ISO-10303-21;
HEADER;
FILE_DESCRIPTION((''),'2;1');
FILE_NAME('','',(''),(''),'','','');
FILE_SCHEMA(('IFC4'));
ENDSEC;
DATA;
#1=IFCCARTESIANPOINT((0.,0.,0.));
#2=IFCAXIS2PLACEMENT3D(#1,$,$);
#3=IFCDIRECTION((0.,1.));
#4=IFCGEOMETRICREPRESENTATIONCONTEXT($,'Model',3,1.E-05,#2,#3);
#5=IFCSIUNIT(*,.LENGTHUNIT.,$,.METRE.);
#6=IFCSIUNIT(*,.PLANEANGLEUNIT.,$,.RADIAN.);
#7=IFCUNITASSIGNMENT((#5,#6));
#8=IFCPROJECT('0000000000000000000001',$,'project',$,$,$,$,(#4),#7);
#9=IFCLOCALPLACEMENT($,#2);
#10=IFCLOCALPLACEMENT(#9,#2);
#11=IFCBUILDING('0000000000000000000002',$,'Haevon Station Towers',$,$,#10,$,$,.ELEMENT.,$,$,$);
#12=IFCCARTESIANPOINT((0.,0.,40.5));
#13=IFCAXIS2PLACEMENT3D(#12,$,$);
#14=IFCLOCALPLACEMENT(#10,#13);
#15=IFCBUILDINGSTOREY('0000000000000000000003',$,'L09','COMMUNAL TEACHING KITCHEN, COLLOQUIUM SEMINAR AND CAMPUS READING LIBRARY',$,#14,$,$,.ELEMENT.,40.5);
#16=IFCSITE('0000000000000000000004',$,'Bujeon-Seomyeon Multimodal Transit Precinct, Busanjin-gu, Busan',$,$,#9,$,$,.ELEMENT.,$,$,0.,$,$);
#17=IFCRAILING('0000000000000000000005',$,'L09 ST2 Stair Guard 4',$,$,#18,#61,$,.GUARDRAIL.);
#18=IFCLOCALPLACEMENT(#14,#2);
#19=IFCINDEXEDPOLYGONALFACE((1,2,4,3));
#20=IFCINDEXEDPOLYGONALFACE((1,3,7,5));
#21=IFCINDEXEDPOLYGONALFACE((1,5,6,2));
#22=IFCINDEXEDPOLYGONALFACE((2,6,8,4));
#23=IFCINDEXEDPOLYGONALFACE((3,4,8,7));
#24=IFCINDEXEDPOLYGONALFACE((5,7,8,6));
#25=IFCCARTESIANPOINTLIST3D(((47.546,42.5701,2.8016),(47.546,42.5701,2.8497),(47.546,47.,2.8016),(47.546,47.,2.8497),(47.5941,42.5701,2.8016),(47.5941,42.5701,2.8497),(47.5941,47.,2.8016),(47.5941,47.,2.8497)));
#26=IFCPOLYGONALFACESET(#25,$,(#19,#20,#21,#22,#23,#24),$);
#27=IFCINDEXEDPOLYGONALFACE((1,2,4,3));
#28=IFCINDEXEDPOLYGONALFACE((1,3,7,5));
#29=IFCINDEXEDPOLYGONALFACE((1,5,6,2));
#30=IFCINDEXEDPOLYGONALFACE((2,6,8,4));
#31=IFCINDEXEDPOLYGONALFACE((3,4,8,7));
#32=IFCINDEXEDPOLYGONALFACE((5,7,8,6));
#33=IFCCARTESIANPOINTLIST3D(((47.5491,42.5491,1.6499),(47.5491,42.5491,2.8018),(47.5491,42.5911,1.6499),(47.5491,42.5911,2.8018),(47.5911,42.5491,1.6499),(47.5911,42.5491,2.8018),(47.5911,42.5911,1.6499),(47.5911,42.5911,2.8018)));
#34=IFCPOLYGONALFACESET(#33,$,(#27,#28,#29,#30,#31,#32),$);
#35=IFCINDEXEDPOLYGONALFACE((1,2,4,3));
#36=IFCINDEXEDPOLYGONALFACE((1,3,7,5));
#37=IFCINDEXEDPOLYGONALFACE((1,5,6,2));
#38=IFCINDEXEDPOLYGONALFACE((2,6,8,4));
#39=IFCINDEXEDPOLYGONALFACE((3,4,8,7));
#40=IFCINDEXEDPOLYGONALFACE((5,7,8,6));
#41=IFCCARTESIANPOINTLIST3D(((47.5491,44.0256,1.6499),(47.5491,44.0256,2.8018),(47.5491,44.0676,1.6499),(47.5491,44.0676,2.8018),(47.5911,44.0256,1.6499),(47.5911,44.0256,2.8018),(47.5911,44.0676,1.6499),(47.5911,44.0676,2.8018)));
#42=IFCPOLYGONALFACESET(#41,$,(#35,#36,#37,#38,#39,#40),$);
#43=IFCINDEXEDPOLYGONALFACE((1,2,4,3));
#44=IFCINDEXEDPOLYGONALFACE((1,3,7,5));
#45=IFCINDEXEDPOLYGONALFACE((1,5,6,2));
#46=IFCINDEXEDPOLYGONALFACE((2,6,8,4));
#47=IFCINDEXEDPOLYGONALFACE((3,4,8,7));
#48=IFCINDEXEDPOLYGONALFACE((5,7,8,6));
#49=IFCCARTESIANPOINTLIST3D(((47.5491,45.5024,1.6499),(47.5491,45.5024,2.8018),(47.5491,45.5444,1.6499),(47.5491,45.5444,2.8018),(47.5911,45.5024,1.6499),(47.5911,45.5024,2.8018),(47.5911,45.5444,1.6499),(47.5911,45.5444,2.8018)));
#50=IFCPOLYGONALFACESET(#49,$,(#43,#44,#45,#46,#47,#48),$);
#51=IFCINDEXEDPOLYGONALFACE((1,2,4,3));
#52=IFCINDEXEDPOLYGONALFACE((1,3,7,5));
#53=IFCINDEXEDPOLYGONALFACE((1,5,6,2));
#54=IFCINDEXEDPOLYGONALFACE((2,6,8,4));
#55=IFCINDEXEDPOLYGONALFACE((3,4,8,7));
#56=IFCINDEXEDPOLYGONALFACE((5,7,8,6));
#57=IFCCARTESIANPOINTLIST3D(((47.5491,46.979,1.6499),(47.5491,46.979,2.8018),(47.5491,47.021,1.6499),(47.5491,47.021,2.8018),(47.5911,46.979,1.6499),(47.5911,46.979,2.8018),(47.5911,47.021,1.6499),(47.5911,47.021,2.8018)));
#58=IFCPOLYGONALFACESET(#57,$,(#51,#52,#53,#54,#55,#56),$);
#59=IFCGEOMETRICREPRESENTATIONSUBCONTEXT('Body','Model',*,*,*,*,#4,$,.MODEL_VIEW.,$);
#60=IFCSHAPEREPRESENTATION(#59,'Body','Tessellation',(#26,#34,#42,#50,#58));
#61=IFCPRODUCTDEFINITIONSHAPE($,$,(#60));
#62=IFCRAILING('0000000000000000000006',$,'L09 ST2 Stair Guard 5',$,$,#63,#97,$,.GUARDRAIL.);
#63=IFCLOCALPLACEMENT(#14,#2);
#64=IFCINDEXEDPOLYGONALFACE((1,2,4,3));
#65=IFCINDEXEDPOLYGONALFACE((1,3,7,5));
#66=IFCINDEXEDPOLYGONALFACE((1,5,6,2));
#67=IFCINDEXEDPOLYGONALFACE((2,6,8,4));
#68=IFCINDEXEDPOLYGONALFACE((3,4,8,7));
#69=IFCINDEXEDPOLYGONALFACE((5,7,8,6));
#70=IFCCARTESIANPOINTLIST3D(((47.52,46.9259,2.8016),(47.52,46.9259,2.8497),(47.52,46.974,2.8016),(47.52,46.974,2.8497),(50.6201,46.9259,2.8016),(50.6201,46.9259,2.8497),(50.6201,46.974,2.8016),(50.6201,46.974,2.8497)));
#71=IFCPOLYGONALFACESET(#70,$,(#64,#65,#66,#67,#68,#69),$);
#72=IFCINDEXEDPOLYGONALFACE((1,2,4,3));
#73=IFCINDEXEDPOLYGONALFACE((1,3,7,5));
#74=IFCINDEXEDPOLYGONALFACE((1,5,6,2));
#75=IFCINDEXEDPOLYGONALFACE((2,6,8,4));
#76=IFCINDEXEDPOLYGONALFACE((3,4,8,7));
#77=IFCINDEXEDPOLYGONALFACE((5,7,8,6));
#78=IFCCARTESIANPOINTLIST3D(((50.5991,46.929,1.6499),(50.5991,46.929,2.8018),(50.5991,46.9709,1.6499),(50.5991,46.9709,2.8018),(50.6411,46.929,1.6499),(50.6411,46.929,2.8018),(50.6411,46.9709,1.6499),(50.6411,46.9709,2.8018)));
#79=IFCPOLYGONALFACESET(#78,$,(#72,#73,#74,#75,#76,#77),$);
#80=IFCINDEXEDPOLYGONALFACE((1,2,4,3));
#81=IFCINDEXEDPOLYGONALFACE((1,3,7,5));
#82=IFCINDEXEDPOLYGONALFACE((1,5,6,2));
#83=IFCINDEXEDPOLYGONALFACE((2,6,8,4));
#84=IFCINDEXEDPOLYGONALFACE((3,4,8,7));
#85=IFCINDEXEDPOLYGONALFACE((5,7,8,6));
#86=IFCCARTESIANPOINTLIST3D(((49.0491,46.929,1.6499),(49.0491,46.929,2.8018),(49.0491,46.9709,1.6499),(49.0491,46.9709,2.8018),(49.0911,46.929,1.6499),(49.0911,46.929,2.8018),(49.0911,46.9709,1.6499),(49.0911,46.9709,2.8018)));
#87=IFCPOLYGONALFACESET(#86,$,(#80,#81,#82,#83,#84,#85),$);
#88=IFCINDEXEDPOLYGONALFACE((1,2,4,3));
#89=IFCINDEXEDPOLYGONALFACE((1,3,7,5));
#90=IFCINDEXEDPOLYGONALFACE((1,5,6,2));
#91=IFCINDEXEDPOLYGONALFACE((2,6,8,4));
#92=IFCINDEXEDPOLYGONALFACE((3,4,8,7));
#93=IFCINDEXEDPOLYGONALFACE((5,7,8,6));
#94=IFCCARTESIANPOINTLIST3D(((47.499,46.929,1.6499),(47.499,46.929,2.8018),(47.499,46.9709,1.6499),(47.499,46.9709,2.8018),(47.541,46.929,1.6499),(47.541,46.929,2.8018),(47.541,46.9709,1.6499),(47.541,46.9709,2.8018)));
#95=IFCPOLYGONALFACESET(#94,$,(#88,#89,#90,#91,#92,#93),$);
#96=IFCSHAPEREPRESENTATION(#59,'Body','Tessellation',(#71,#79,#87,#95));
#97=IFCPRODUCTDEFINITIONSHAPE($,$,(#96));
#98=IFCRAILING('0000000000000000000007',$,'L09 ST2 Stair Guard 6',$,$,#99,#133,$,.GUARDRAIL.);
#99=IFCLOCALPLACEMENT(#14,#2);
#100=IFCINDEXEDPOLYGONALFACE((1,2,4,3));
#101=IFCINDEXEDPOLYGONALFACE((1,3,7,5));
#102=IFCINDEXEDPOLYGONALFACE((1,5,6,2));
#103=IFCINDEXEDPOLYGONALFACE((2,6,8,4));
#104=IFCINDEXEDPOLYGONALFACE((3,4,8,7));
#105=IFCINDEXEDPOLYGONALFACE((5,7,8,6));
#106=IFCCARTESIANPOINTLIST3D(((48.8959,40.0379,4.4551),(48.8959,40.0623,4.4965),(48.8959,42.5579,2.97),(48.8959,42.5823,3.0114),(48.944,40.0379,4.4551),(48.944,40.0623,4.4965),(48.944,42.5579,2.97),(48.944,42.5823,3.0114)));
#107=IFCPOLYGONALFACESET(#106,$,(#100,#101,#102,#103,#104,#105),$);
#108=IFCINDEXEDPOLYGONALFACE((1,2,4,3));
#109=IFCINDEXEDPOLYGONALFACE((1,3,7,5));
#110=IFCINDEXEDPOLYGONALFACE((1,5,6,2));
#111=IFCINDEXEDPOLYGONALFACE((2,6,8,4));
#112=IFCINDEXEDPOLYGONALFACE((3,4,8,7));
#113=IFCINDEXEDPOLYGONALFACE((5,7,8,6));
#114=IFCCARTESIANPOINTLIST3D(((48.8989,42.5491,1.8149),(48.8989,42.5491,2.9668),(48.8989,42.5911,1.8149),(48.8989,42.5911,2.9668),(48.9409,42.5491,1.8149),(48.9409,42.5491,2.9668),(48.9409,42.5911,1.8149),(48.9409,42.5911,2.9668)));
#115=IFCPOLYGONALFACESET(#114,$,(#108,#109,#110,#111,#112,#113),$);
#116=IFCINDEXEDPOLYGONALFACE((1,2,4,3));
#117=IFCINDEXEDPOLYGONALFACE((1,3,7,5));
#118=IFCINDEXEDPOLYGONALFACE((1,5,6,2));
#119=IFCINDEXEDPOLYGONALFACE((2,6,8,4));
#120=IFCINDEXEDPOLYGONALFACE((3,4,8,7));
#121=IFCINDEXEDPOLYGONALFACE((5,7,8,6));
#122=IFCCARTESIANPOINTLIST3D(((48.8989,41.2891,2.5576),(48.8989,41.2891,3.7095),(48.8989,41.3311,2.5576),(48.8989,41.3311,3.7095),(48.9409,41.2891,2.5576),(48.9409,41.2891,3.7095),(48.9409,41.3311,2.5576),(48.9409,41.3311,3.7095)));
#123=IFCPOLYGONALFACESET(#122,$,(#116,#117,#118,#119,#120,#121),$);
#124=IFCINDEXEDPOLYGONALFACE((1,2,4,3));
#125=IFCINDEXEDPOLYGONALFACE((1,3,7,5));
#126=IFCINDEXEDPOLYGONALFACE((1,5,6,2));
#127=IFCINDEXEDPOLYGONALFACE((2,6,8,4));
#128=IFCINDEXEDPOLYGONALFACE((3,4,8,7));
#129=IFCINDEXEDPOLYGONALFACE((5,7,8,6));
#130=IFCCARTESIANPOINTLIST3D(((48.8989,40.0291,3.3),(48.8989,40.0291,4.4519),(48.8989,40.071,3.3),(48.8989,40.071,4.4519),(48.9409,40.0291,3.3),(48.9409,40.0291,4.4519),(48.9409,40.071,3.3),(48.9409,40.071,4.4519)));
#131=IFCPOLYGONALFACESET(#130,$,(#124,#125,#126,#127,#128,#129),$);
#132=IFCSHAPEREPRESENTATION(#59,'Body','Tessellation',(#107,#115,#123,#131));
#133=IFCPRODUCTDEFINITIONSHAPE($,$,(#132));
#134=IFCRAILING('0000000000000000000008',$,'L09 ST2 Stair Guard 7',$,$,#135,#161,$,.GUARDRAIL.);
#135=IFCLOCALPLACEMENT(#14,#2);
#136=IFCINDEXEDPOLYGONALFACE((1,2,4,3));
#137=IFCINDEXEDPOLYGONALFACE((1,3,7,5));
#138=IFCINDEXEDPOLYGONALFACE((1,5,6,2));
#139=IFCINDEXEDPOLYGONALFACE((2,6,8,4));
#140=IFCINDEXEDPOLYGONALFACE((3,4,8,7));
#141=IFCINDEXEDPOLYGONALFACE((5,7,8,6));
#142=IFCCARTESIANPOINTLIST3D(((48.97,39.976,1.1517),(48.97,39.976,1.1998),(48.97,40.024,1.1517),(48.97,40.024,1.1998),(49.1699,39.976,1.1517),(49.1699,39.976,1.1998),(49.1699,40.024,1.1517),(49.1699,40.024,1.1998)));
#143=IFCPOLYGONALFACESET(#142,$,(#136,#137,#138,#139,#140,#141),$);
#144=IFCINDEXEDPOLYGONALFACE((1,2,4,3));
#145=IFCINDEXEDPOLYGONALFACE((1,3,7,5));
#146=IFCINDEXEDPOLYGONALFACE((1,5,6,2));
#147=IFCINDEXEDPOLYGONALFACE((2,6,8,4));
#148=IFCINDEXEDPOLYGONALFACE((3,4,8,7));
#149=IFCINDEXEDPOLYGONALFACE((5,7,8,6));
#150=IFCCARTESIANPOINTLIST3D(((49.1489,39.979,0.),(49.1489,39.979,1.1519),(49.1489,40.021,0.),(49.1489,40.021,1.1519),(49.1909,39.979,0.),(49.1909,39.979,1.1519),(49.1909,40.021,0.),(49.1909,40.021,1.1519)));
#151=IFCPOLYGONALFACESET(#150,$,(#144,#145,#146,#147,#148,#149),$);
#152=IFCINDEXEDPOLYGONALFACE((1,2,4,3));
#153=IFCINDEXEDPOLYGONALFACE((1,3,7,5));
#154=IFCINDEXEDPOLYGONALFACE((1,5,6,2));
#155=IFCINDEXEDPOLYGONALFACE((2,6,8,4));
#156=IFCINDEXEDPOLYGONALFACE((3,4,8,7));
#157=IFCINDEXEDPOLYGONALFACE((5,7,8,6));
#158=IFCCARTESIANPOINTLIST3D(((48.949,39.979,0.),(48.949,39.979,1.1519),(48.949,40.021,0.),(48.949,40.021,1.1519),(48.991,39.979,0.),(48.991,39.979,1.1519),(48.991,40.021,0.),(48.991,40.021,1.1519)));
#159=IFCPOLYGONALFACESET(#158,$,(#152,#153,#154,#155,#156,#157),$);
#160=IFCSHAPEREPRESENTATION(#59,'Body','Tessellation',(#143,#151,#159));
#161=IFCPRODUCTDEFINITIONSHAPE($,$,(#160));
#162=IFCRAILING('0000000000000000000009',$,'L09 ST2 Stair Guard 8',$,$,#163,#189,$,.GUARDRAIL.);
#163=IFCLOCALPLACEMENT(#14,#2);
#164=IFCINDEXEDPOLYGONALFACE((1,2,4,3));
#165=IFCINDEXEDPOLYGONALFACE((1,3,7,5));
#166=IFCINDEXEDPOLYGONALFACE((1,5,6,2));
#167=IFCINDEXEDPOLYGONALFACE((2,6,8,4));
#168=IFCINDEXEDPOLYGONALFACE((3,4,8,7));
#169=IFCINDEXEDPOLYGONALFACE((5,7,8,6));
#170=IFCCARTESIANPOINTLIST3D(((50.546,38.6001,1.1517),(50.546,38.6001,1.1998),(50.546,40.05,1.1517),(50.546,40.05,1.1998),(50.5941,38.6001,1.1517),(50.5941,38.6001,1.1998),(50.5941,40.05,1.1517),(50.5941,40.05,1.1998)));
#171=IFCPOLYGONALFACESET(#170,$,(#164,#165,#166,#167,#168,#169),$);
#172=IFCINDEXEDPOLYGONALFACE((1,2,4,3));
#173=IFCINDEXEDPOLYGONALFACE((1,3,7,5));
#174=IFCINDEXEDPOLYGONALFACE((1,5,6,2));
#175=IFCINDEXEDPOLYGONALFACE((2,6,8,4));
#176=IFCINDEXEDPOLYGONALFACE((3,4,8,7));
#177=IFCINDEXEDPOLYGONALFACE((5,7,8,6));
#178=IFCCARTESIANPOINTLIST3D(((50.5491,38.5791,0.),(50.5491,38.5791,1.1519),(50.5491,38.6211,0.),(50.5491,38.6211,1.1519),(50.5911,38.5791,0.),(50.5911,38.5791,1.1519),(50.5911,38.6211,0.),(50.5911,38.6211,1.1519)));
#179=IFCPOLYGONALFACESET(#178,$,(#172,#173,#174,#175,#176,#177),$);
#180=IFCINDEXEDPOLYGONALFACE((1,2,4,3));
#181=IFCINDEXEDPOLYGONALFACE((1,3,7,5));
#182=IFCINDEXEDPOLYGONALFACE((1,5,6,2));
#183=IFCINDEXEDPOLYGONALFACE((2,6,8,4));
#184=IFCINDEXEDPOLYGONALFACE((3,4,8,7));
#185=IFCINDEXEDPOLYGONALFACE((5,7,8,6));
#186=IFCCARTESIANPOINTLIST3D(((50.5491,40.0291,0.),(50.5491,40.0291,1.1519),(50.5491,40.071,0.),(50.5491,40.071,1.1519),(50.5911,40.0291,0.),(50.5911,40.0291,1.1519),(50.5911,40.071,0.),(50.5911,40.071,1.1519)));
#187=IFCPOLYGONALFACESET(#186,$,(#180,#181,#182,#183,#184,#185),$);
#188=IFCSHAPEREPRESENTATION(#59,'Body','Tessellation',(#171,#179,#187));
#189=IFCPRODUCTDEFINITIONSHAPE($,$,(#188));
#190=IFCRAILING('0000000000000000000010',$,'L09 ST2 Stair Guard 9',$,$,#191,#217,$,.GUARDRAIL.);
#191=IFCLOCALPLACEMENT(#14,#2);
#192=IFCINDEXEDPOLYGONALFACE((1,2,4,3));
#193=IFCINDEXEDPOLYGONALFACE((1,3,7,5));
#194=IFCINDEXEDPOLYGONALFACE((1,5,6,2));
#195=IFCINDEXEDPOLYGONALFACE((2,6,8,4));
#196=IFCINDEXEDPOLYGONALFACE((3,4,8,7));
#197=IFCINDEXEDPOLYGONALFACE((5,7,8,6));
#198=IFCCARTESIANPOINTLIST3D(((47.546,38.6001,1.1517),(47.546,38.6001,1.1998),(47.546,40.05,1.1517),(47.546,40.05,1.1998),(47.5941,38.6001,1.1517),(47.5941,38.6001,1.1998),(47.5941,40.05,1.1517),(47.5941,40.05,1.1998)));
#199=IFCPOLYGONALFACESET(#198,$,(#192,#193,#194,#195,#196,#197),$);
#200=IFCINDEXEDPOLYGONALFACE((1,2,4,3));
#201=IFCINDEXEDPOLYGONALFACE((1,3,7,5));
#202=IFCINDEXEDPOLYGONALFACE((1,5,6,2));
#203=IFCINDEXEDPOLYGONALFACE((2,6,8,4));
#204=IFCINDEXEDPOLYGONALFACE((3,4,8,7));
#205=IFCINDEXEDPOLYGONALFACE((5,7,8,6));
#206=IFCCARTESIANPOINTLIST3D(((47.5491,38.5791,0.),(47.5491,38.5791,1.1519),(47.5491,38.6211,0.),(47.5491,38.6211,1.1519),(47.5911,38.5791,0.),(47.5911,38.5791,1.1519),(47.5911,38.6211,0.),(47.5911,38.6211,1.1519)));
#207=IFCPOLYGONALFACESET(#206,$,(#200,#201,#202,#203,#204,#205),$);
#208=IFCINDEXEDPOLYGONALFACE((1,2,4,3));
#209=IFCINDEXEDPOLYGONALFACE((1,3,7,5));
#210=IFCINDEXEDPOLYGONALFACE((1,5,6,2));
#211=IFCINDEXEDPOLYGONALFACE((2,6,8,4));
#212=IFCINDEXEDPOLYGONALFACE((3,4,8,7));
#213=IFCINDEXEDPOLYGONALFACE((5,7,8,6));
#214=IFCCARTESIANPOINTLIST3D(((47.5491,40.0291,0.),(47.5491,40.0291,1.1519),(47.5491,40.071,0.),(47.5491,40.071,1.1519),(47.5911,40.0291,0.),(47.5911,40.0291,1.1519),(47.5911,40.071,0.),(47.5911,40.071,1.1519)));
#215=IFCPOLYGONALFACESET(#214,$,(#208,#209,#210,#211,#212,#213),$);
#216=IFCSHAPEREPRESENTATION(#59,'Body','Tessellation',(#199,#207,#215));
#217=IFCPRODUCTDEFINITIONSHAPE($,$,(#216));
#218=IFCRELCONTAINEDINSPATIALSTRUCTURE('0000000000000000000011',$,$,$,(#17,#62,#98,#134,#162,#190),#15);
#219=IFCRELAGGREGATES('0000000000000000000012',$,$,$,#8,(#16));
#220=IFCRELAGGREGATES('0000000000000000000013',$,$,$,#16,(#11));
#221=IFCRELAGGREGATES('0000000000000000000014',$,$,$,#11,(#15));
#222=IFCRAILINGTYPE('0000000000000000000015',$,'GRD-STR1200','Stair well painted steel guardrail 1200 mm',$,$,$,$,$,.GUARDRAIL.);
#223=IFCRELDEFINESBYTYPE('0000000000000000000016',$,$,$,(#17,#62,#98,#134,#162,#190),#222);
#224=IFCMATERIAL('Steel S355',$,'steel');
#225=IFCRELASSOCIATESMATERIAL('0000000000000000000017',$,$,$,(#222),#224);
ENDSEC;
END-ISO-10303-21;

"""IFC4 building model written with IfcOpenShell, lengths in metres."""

from ifc_helpers import new_model, si_unit, direction, frame, origin, origin_2d, place, context, subcontext, project, spatial, rectangle, extrude, material, type_object, element, save


model = new_model("IFC4")

# Units and contexts
model_context = context("Model", 3, precision=1e-05, world=origin(), true_north=direction((0.0, 1.0)))
body_context = subcontext(model_context, "Body", "Model", "MODEL_VIEW")
ifc_project = project(units=[si_unit("LENGTHUNIT", "METRE"), si_unit("PLANEANGLEUNIT", "RADIAN")], contexts=[model_context])

# Site, building, storey
site_placement = place(None, origin())
site = spatial("IfcSite", under=ifc_project, at=site_placement, Name="Bujeon-Seomyeon Multimodal Transit Precinct, Busanjin-gu, Busan", CompositionType="ELEMENT", RefElevation=0.0)
building_placement = place(site_placement, origin())
building = spatial("IfcBuilding", under=site, at=building_placement, Name="Haevon Station Towers", CompositionType="ELEMENT")
storey_placement = place(building_placement, frame((0.0, 0.0, 40.5)))
storey = spatial("IfcBuildingStorey", under=building, at=storey_placement, Name="L09", Description="COMMUNAL TEACHING KITCHEN, COLLOQUIUM SEMINAR AND CAMPUS READING LIBRARY", CompositionType="ELEMENT", Elevation=40.5)

# Shared definitions
ifc_material_1 = material(Name="Steel S355", Category="steel")

# Railings
railing_type_1 = type_object("IfcRailingType", Name="GRD-STR1200", Description="Stair well painted steel guardrail 1200 mm", PredefinedType="GUARDRAIL", material=ifc_material_1)
for number, where, name in (
    (1, (47.5701, 42.5701, 1.6499), "L09 ST2 Stair Guard 4"),
):
    element("IfcRailing", number, at=place(storey_placement, frame(where)), inside=storey, type_object=railing_type_1, Name=name, PredefinedType="GUARDRAIL", context=body_context, shape_type="SweptSolid", body=[
        extrude(rectangle(XDim=0.0481, YDim=0.0481, at=origin_2d()), frame((0.0, 0.0, 1.1758), z_axis=(0.0, 1.0, 0.0), x_axis=(-1.0, 0.0, 0.0)), (0.0, 0.0, 1.0), 4.4299),
        extrude(rectangle(XDim=0.042, YDim=0.042, at=origin_2d()), origin(), (0.0, 0.0, 1.0), 1.1519),
        extrude(rectangle(XDim=0.042, YDim=0.042, at=origin_2d()), frame((0.0, 1.4766, 0.0)), (0.0, 0.0, 1.0), 1.1519),
        extrude(rectangle(XDim=0.042, YDim=0.042, at=origin_2d()), frame((0.0, 2.9534, 0.0)), (0.0, 0.0, 1.0), 1.1519),
        extrude(rectangle(XDim=0.042, YDim=0.042, at=origin_2d()), frame((0.0, 4.4299, 0.0)), (0.0, 0.0, 1.0), 1.1519),
    ])
railing_1_placement = place(storey_placement, frame((50.6201, 46.95, 1.6499)))
element("IfcRailing", 2, at=railing_1_placement, inside=storey, type_object=railing_type_1, Name="L09 ST2 Stair Guard 5", PredefinedType="GUARDRAIL", context=body_context, shape_type="SweptSolid", body=[
    extrude(rectangle(XDim=0.0481, YDim=0.0481, at=origin_2d()), frame((0.0, 0.0, 1.1758), z_axis=(-1.0, 0.0, 0.0), x_axis=(0.0, -1.0, 0.0)), (0.0, 0.0, 1.0), 3.1001),
    extrude(rectangle(XDim=0.042, YDim=0.042, at=origin_2d()), origin(), (0.0, 0.0, 1.0), 1.1519),
    extrude(rectangle(XDim=0.042, YDim=0.042, at=origin_2d()), frame((-1.55, 0.0, 0.0)), (0.0, 0.0, 1.0), 1.1519),
    extrude(rectangle(XDim=0.042, YDim=0.042, at=origin_2d()), frame((-3.1001, 0.0, 0.0)), (0.0, 0.0, 1.0), 1.1519),
])
railing_2_placement = place(storey_placement, frame((48.9199, 42.5701, 1.8149)))
element("IfcRailing", 3, at=railing_2_placement, inside=storey, type_object=railing_type_1, Name="L09 ST2 Stair Guard 6", PredefinedType="GUARDRAIL", context=body_context, shape_type="SweptSolid", body=[
    extrude(rectangle(XDim=0.0481, YDim=0.0481, at=origin_2d()), frame((0.0, 0.0, 1.1758), z_axis=(0.0, -0.861524, 0.507717), x_axis=(1.0, 0.0, 0.0)), (0.0, 0.0, 1.0), 2.925),
    extrude(rectangle(XDim=0.042, YDim=0.042, at=origin_2d()), origin(), (0.0, 0.0, 1.0), 1.1519),
    extrude(rectangle(XDim=0.042, YDim=0.042, at=origin_2d()), frame((0.0, -1.26, 0.7427)), (0.0, 0.0, 1.0), 1.1519),
    extrude(rectangle(XDim=0.042, YDim=0.042, at=origin_2d()), frame((0.0, -2.52, 1.4851)), (0.0, 0.0, 1.0), 1.1519),
])
railing_3_placement = place(storey_placement, frame((49.1699, 40.0, 0.0)))
element("IfcRailing", 4, at=railing_3_placement, inside=storey, type_object=railing_type_1, Name="L09 ST2 Stair Guard 7", PredefinedType="GUARDRAIL", context=body_context, shape_type="SweptSolid", body=[
    extrude(rectangle(XDim=0.0481, YDim=0.0481, at=origin_2d()), frame((0.0, 0.0, 1.1758), z_axis=(-1.0, 0.0, 0.0), x_axis=(0.0, -1.0, 0.0)), (0.0, 0.0, 1.0), 0.2),
    extrude(rectangle(XDim=0.042, YDim=0.042, at=origin_2d()), origin(), (0.0, 0.0, 1.0), 1.1519),
    extrude(rectangle(XDim=0.042, YDim=0.042, at=origin_2d()), frame((-0.2, 0.0, 0.0)), (0.0, 0.0, 1.0), 1.1519),
])
for number, where, name in (
    (5, (50.5701, 38.6001, 0.0), "L09 ST2 Stair Guard 8"),
    (6, (47.5701, 38.6001, 0.0), "L09 ST2 Stair Guard 9"),
):
    element("IfcRailing", number, at=place(storey_placement, frame(where)), inside=storey, type_object=railing_type_1, Name=name, PredefinedType="GUARDRAIL", context=body_context, shape_type="SweptSolid", body=[
        extrude(rectangle(XDim=0.0481, YDim=0.0481, at=origin_2d()), frame((0.0, 0.0, 1.1758), z_axis=(0.0, 1.0, 0.0), x_axis=(-1.0, 0.0, 0.0)), (0.0, 0.0, 1.0), 1.45),
        extrude(rectangle(XDim=0.042, YDim=0.042, at=origin_2d()), origin(), (0.0, 0.0, 1.0), 1.1519),
        extrude(rectangle(XDim=0.042, YDim=0.042, at=origin_2d()), frame((0.0, 1.45, 0.0)), (0.0, 0.0, 1.0), 1.1519),
    ])

save(model, "model.ifc")
